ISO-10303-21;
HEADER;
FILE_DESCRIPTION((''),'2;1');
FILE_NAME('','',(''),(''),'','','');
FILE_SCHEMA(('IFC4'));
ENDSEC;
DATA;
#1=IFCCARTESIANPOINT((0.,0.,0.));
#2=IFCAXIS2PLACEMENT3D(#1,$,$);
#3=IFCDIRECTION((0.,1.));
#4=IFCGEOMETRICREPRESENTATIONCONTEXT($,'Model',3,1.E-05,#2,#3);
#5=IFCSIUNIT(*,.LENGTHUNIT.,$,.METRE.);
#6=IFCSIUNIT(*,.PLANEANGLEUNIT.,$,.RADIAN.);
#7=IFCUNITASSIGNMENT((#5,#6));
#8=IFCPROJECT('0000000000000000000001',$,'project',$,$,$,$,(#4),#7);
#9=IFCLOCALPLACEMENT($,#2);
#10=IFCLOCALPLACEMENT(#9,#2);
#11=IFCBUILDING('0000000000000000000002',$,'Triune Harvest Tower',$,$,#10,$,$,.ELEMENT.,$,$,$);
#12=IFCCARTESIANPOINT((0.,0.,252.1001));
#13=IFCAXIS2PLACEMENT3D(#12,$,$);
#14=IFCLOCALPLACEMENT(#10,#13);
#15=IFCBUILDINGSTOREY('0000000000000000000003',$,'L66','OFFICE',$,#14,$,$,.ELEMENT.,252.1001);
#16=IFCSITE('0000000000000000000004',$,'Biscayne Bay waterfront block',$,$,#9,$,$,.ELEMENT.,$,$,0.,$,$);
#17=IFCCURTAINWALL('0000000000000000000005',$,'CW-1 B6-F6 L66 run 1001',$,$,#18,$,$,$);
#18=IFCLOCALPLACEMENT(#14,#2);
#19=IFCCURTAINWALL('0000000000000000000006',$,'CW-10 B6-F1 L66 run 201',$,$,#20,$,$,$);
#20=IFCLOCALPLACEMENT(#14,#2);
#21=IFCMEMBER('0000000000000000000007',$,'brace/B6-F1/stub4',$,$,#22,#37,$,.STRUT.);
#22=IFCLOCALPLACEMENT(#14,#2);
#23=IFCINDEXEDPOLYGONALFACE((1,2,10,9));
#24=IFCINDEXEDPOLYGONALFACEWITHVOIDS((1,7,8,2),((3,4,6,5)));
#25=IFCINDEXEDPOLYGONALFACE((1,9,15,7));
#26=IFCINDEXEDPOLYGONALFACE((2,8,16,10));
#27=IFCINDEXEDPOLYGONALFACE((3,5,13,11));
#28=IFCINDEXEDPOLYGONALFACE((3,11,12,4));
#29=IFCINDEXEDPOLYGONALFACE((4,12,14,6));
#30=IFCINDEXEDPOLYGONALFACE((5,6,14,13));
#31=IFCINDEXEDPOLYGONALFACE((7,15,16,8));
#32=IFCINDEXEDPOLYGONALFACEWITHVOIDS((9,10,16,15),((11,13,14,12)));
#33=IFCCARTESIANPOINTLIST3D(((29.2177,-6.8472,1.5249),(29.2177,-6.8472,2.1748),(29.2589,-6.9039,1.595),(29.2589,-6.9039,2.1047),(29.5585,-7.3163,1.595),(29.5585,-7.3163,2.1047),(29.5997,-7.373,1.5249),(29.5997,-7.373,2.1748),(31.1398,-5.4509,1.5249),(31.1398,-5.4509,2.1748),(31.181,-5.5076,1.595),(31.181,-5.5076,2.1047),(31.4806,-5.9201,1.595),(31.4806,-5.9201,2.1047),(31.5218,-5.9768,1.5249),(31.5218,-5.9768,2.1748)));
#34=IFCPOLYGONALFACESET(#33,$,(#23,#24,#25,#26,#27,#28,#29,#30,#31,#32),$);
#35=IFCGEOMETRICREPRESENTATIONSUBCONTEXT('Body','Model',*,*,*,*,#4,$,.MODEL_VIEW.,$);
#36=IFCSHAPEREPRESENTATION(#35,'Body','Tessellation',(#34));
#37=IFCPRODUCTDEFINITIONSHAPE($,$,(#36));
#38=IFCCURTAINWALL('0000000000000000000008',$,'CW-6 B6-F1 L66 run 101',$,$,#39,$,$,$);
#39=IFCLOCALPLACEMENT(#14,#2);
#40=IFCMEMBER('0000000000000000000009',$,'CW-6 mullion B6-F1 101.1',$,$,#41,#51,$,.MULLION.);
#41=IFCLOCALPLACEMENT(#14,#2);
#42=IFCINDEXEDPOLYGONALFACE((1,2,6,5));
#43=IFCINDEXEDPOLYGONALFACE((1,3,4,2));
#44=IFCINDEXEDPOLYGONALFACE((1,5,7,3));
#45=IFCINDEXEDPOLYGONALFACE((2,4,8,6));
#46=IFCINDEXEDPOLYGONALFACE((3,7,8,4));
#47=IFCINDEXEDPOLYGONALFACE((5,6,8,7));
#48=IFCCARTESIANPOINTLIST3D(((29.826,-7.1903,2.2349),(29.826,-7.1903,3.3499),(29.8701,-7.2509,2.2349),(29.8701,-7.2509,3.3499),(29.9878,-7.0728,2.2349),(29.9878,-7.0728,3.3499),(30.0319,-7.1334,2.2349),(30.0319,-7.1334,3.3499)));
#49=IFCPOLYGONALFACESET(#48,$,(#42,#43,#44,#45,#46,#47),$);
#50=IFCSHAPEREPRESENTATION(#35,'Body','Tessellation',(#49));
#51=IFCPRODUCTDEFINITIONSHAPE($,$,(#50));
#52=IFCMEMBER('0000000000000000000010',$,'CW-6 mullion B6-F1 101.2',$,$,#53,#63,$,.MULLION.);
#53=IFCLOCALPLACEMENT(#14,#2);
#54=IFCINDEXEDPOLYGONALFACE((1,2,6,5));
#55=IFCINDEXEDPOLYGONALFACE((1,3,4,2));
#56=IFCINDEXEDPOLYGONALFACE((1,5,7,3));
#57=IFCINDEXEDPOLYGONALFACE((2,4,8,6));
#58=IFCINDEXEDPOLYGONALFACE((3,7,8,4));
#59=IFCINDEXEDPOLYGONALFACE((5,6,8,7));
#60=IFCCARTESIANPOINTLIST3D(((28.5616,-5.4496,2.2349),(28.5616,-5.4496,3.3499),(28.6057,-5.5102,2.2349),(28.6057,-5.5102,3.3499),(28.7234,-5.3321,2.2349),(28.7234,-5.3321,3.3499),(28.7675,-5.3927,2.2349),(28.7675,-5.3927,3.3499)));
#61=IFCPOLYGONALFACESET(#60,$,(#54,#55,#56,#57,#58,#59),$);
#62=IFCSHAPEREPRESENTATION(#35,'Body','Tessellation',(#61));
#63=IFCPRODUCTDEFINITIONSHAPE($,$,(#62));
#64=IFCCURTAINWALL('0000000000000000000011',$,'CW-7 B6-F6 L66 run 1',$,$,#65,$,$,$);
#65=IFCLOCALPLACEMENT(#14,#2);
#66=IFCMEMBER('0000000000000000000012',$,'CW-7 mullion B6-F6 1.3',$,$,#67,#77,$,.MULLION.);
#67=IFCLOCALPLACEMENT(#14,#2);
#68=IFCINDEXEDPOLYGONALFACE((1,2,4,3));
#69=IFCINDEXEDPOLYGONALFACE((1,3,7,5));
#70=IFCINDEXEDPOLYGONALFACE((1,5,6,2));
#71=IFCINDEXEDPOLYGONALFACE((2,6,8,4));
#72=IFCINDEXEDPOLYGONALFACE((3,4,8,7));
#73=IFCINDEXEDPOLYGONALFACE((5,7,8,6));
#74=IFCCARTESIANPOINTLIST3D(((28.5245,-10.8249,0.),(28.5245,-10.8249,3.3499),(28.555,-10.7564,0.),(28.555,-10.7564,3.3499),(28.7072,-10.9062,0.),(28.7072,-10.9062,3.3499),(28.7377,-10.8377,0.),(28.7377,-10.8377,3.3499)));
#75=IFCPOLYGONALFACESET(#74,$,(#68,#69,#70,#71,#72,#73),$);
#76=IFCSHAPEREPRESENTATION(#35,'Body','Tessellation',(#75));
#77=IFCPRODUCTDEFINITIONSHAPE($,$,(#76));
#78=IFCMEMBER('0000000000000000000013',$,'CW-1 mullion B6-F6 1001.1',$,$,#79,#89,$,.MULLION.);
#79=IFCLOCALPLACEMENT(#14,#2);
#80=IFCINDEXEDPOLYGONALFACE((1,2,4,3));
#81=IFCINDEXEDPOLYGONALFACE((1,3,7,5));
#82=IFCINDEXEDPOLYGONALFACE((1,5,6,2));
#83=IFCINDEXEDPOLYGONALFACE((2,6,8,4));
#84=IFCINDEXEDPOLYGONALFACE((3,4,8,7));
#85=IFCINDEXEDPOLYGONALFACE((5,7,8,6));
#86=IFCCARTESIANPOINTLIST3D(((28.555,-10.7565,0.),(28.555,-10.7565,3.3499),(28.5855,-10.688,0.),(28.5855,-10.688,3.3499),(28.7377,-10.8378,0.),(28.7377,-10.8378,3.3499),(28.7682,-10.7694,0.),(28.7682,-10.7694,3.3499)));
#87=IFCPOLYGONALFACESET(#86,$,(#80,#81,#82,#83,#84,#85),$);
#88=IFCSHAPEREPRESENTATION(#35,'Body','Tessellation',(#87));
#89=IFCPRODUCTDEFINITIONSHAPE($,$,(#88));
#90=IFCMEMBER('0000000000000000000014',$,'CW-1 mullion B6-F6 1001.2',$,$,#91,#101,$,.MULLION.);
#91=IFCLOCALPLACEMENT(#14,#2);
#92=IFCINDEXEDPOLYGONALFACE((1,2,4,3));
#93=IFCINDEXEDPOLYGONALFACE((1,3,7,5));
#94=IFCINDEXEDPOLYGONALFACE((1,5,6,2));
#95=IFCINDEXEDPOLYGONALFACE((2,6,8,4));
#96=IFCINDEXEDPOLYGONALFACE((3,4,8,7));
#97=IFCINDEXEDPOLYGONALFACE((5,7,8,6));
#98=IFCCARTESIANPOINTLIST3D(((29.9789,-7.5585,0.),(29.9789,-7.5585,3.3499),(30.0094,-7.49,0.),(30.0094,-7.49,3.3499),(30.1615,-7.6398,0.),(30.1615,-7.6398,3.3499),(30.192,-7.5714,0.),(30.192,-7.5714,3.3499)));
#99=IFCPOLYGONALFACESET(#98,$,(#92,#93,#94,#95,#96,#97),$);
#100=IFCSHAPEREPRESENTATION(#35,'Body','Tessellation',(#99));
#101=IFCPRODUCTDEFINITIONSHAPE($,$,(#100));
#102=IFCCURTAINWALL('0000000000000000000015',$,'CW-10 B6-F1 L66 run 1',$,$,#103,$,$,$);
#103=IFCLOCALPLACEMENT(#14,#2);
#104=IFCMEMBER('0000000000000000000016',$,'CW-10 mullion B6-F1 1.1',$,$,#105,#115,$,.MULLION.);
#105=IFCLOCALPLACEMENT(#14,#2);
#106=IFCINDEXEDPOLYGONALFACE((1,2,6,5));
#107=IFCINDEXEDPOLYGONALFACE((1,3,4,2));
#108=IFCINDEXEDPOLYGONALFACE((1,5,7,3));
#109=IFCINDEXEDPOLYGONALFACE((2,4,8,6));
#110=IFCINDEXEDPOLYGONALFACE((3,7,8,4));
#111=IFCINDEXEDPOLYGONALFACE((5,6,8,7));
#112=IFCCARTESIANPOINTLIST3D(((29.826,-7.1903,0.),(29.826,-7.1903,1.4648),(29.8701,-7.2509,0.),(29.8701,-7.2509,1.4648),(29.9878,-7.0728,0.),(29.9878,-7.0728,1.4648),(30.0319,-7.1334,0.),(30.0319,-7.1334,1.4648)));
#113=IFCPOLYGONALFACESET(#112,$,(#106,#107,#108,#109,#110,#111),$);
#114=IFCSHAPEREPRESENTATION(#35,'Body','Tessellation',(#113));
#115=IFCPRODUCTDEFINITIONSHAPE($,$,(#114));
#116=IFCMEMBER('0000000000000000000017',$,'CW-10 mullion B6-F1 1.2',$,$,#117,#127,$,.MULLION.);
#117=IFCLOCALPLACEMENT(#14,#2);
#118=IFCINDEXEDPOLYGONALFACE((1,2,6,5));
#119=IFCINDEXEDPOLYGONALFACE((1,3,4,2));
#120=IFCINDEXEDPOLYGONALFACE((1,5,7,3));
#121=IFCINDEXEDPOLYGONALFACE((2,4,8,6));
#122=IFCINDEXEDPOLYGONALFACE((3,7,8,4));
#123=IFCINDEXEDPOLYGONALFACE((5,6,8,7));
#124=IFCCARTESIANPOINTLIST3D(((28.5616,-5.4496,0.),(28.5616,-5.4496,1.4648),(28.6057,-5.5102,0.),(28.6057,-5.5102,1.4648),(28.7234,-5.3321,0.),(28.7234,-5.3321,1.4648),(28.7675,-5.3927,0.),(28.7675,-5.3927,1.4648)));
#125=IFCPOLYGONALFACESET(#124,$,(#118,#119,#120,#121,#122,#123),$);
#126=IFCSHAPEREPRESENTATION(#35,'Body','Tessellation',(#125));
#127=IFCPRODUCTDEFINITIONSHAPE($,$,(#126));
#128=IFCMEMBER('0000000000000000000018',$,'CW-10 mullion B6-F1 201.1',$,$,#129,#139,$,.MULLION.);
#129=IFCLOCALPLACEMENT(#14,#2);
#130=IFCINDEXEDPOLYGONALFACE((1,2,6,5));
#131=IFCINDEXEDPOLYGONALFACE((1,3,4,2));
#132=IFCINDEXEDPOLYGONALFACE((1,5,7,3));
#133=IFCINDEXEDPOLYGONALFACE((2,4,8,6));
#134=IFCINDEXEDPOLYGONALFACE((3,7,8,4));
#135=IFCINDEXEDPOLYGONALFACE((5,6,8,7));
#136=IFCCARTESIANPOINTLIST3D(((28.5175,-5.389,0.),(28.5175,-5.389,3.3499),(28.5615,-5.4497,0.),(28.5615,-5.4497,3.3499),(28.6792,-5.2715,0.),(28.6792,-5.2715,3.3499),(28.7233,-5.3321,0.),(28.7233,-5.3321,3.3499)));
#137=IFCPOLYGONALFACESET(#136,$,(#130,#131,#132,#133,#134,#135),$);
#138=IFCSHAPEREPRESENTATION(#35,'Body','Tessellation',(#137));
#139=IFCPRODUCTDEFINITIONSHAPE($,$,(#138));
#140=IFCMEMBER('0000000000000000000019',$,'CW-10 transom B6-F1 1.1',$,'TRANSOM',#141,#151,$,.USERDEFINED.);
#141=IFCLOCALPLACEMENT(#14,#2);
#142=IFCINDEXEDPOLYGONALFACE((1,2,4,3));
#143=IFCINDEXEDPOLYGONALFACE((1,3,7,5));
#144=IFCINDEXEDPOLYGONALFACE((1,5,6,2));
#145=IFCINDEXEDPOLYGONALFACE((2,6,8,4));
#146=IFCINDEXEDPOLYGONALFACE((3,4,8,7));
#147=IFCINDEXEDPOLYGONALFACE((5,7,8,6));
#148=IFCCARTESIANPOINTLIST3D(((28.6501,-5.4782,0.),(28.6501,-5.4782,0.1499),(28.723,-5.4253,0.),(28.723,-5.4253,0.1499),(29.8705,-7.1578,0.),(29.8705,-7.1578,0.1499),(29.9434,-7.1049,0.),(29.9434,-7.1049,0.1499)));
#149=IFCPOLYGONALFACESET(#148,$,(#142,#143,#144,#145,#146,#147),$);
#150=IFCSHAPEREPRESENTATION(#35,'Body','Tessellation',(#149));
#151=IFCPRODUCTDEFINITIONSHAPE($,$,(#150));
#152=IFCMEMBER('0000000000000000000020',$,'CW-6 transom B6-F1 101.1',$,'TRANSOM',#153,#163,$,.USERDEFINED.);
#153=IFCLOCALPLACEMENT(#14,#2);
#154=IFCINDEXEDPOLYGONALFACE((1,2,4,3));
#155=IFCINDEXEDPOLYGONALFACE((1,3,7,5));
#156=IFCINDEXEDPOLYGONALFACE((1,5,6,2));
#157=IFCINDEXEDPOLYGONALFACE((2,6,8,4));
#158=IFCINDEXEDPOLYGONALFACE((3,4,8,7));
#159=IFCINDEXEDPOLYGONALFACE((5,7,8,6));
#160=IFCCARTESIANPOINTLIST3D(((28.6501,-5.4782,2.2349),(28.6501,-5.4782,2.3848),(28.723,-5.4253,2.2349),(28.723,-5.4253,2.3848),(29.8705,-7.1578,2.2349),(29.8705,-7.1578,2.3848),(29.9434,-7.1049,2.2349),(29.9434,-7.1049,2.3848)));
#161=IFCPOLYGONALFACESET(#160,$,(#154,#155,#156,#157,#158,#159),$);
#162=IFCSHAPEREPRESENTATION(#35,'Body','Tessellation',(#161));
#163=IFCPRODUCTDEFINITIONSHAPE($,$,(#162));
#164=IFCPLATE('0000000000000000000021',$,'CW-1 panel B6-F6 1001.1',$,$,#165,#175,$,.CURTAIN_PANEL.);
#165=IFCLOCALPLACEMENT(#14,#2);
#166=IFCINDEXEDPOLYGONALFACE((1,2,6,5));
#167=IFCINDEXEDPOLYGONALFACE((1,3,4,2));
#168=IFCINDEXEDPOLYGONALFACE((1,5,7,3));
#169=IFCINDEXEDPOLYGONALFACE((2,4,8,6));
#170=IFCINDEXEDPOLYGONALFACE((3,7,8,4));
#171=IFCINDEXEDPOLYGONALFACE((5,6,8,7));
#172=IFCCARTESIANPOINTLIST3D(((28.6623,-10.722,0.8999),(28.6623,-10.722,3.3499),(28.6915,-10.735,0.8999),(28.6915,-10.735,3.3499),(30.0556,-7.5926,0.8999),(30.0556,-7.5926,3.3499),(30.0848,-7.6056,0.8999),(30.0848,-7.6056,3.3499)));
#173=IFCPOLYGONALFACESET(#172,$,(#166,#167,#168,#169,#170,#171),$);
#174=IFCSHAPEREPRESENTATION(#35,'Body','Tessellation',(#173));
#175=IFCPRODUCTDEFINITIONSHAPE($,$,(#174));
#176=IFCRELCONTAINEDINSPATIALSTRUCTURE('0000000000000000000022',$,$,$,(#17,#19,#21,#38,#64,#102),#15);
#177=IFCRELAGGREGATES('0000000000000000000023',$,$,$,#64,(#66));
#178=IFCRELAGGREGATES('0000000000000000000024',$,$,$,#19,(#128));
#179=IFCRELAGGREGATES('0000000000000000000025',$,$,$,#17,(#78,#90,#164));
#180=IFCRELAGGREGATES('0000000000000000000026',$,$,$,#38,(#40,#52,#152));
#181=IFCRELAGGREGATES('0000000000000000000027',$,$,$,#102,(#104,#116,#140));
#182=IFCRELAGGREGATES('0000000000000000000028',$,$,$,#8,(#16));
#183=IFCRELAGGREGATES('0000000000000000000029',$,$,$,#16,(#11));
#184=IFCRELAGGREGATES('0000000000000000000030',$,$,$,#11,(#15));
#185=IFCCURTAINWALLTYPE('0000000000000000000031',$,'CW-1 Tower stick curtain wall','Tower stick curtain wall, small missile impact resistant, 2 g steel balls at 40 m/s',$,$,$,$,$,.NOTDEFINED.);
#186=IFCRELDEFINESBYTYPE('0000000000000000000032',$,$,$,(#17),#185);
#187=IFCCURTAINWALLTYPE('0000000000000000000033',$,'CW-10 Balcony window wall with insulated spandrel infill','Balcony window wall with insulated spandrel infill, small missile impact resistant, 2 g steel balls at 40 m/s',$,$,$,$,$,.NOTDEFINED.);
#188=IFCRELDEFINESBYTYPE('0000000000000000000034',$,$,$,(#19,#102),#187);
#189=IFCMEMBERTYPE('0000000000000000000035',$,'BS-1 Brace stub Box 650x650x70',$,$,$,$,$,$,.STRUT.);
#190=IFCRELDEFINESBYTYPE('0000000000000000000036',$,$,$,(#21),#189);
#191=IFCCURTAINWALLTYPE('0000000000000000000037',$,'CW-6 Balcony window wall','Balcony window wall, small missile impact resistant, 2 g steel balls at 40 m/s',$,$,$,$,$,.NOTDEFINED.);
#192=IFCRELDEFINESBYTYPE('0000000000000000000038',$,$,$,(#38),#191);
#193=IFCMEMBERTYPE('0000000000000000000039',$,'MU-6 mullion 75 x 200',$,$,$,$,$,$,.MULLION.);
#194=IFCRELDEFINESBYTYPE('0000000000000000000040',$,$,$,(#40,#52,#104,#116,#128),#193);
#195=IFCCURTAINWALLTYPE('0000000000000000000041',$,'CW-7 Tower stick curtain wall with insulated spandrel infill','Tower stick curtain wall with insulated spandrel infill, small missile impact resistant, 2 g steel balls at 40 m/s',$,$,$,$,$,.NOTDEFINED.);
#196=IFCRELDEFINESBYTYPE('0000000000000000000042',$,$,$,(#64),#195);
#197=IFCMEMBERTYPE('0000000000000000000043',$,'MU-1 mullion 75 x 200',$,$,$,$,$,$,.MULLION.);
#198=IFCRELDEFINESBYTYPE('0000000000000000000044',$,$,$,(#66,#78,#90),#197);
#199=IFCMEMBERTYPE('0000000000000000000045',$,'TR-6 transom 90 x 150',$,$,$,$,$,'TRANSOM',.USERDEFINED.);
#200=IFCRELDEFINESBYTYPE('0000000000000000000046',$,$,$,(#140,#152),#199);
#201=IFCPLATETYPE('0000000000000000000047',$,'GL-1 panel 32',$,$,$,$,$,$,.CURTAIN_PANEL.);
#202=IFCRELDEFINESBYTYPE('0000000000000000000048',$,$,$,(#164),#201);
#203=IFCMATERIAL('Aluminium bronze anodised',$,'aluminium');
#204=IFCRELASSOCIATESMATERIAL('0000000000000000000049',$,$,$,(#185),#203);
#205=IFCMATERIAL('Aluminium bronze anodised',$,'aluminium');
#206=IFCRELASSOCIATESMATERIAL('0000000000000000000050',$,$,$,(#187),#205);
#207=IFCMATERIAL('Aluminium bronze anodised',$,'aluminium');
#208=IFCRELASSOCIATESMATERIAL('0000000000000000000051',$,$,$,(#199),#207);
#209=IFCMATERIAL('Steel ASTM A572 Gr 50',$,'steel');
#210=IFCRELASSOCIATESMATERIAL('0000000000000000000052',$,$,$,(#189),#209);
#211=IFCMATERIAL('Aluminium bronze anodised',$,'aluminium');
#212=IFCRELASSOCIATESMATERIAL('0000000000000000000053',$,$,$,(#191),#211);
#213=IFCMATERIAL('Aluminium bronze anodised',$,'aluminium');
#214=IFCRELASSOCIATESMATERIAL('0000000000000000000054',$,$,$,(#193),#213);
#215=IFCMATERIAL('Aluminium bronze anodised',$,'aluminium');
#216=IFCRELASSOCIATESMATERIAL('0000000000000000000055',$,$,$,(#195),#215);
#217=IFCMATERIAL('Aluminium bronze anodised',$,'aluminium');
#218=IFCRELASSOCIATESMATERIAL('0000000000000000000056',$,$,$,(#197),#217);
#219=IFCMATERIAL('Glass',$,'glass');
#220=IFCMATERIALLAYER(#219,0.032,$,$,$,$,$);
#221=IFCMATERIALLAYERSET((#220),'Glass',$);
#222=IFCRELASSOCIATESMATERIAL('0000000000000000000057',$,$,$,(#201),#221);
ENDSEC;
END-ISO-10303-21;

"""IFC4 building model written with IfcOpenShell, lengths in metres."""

from ifc_helpers import new_model, si_unit, direction, frame, origin, origin_2d, place, context, subcontext, project, spatial, rectangle, hollow_rectangle, extrude, source, transform, mapped, material, layer, layer_set, material_profile, profile_set, type_object, element, aggregate, save


model = new_model("IFC4")

# Units and contexts
model_context = context("Model", 3, precision=1e-05, world=origin(), true_north=direction((0.0, 1.0)))
body_context = subcontext(model_context, "Body", "Model", "MODEL_VIEW")
ifc_project = project(units=[si_unit("LENGTHUNIT", "METRE"), si_unit("PLANEANGLEUNIT", "RADIAN")], contexts=[model_context])

# Site, building, storey
site_placement = place(None, origin())
site = spatial("IfcSite", under=ifc_project, at=site_placement, Name="Biscayne Bay waterfront block", CompositionType="ELEMENT", RefElevation=0.0)
building_placement = place(site_placement, origin())
building = spatial("IfcBuilding", under=site, at=building_placement, Name="Triune Harvest Tower", CompositionType="ELEMENT")
storey_placement = place(building_placement, frame((0.0, 0.0, 252.1001)))
storey = spatial("IfcBuildingStorey", under=building, at=storey_placement, Name="L66", Description="OFFICE", CompositionType="ELEMENT", Elevation=252.1001)

# Curtain walls
ifc_material_1 = material(Name="Aluminium bronze anodised", Category="aluminium")
curtain_wall_type_1 = type_object("IfcCurtainWallType", Name="CW-1 Tower stick curtain wall", Description="Tower stick curtain wall, small missile impact resistant, 2 g steel balls at 40 m/s", PredefinedType="NOTDEFINED", material=ifc_material_1)
curtain_wall_1_placement = place(storey_placement, origin())
curtain_wall_1 = element("IfcCurtainWall", 1, at=curtain_wall_1_placement, inside=storey, type_object=curtain_wall_type_1, Name="CW-1 B6-F6 L66 run 1001")
ifc_material_2 = material(Name="Aluminium bronze anodised", Category="aluminium")
curtain_wall_type_2 = type_object("IfcCurtainWallType", Name="CW-10 Balcony window wall with insulated spandrel infill", Description="Balcony window wall with insulated spandrel infill, small missile impact resistant, 2 g steel balls at 40 m/s", PredefinedType="NOTDEFINED", material=ifc_material_2)
curtain_wall_2_placement = place(storey_placement, origin())
curtain_wall_2 = element("IfcCurtainWall", 2, at=curtain_wall_2_placement, inside=storey, type_object=curtain_wall_type_2, Name="CW-10 B6-F1 L66 run 201")
ifc_material_3 = material(Name="Aluminium bronze anodised", Category="aluminium")
ifc_material_profile_1 = material_profile(ifc_material_3, rectangle(XDim=0.0901, YDim=0.1499, at=origin_2d()), Name="TR-6 transom 90 x 150")
ifc_profile_set_1 = profile_set([ifc_material_profile_1], Name="Aluminium bronze anodised")
member_type_1 = type_object("IfcMemberType", Name="TR-6 transom 90 x 150", ElementType="TRANSOM", PredefinedType="USERDEFINED", material=ifc_profile_set_1)

# Member
ifc_material_4 = material(Name="Steel ASTM A572 Gr 50", Category="steel")
ifc_material_profile_2 = material_profile(ifc_material_4, hollow_rectangle(XDim=0.6499, YDim=0.6499, WallThickness=0.0701, at=origin_2d()), Name="Box 650x650x70")
ifc_profile_set_2 = profile_set([ifc_material_profile_2], Name="Steel ASTM A572 Gr 50")
member_type_2 = type_object("IfcMemberType", Name="BS-1 Brace stub Box 650x650x70", PredefinedType="STRUT", material=ifc_profile_set_2)
shared_shape_1 = source(origin(), body_context, "Body", "SweptSolid", [
    extrude(hollow_rectangle(XDim=0.6499, YDim=0.6499, WallThickness=0.0701, at=origin_2d()), origin(), (0.0, 0.0, 1.0), 2.3757),
])
member_1_placement = place(storey_placement, frame((29.4087, -7.1101, 1.8499), z_axis=(0.809069, 0.587713, 0.0), x_axis=(-0.587713, 0.809069, 0.0)))
element("IfcMember", 3, at=member_1_placement, inside=storey, type_object=member_type_2, Name="brace/B6-F1/stub4", PredefinedType="STRUT", context=body_context, shape_type="MappedRepresentation", body=[
    mapped(shared_shape_1, transform((0.0, 0.0, 0.0), scale=1.0)),
])

# Curtain wall, members
ifc_material_5 = material(Name="Aluminium bronze anodised", Category="aluminium")
curtain_wall_type_3 = type_object("IfcCurtainWallType", Name="CW-6 Balcony window wall", Description="Balcony window wall, small missile impact resistant, 2 g steel balls at 40 m/s", PredefinedType="NOTDEFINED", material=ifc_material_5)
curtain_wall_3_placement = place(storey_placement, origin())
curtain_wall_3 = element("IfcCurtainWall", 4, at=curtain_wall_3_placement, inside=storey, type_object=curtain_wall_type_3, Name="CW-6 B6-F1 L66 run 101")
ifc_material_6 = material(Name="Aluminium bronze anodised", Category="aluminium")
ifc_material_profile_3 = material_profile(ifc_material_6, rectangle(XDim=0.2, YDim=0.075, at=origin_2d()), Name="MU-6 mullion 75 x 200")
ifc_profile_set_3 = profile_set([ifc_material_profile_3], Name="Aluminium bronze anodised")
member_type_3 = type_object("IfcMemberType", Name="MU-6 mullion 75 x 200", PredefinedType="MULLION", material=ifc_profile_set_3)
shared_shape_2 = source(origin(), body_context, "Body", "SweptSolid", [
    extrude(rectangle(XDim=0.2, YDim=0.075, at=origin_2d()), origin(), (0.0, 0.0, 1.0), 1.115),
])
member_2_placement = place(storey_placement, frame((29.929, -7.1619, 2.2349), z_axis=(0.0, 0.0, 1.0), x_axis=(-0.809006, -0.5878, 0.0)))
member_2 = element("IfcMember", 5, at=member_2_placement, type_object=member_type_3, Name="CW-6 mullion B6-F1 101.1", PredefinedType="MULLION", context=body_context, shape_type="MappedRepresentation", body=[
    mapped(shared_shape_2, transform((0.0, 0.0, 0.0), scale=1.0)),
])
member_3_placement = place(storey_placement, frame((28.6646, -5.4211, 2.2349), z_axis=(0.0, 0.0, 1.0), x_axis=(-0.809006, -0.5878, 0.0)))
member_3 = element("IfcMember", 6, at=member_3_placement, type_object=member_type_3, Name="CW-6 mullion B6-F1 101.2", PredefinedType="MULLION", context=body_context, shape_type="MappedRepresentation", body=[
    mapped(shared_shape_2, transform((0.0, 0.0, 0.0), scale=1.0)),
])

# Curtain wall, member
ifc_material_7 = material(Name="Aluminium bronze anodised", Category="aluminium")
curtain_wall_type_4 = type_object("IfcCurtainWallType", Name="CW-7 Tower stick curtain wall with insulated spandrel infill", Description="Tower stick curtain wall with insulated spandrel infill, small missile impact resistant, 2 g steel balls at 40 m/s", PredefinedType="NOTDEFINED", material=ifc_material_7)
curtain_wall_4_placement = place(storey_placement, origin())
curtain_wall_4 = element("IfcCurtainWall", 7, at=curtain_wall_4_placement, inside=storey, type_object=curtain_wall_type_4, Name="CW-7 B6-F6 L66 run 1")
ifc_material_8 = material(Name="Aluminium bronze anodised", Category="aluminium")
ifc_material_profile_4 = material_profile(ifc_material_8, rectangle(XDim=0.2, YDim=0.075, at=origin_2d()), Name="MU-1 mullion 75 x 200")
ifc_profile_set_4 = profile_set([ifc_material_profile_4], Name="Aluminium bronze anodised")
member_type_4 = type_object("IfcMemberType", Name="MU-1 mullion 75 x 200", PredefinedType="MULLION", material=ifc_profile_set_4)
shared_shape_3 = source(origin(), body_context, "Body", "SweptSolid", [
    extrude(rectangle(XDim=0.2, YDim=0.075, at=origin_2d()), origin(), (0.0, 0.0, 1.0), 3.3499),
])
member_4_placement = place(storey_placement, frame((28.6311, -10.8313, 0.0), z_axis=(0.0, 0.0, 1.0), x_axis=(-0.913544, 0.406739, 0.0)))
member_4 = element("IfcMember", 8, at=member_4_placement, type_object=member_type_4, Name="CW-7 mullion B6-F6 1.3", PredefinedType="MULLION", context=body_context, shape_type="MappedRepresentation", body=[
    mapped(shared_shape_3, transform((0.0, 0.0, 0.0), scale=1.0)),
])
aggregate(curtain_wall_4, [member_4])

# Members
member_5_placement = place(storey_placement, frame((28.6616, -10.7629, 0.0), z_axis=(0.0, 0.0, 1.0), x_axis=(-0.913539, 0.406751, 0.0)))
member_5 = element("IfcMember", 9, at=member_5_placement, type_object=member_type_4, Name="CW-1 mullion B6-F6 1001.1", PredefinedType="MULLION", context=body_context, shape_type="MappedRepresentation", body=[
    mapped(shared_shape_3, transform((0.0, 0.0, 0.0), scale=1.0)),
])
member_6_placement = place(storey_placement, frame((30.0854, -7.5649, 0.0), z_axis=(0.0, 0.0, 1.0), x_axis=(-0.913539, 0.406751, 0.0)))
member_6 = element("IfcMember", 10, at=member_6_placement, type_object=member_type_4, Name="CW-1 mullion B6-F6 1001.2", PredefinedType="MULLION", context=body_context, shape_type="MappedRepresentation", body=[
    mapped(shared_shape_3, transform((0.0, 0.0, 0.0), scale=1.0)),
])

# Curtain wall, members
curtain_wall_5_placement = place(storey_placement, origin())
curtain_wall_5 = element("IfcCurtainWall", 11, at=curtain_wall_5_placement, inside=storey, type_object=curtain_wall_type_2, Name="CW-10 B6-F1 L66 run 1")
shared_shape_4 = source(origin(), body_context, "Body", "SweptSolid", [
    extrude(rectangle(XDim=0.2, YDim=0.075, at=origin_2d()), origin(), (0.0, 0.0, 1.0), 1.4648),
])
member_7_placement = place(storey_placement, frame((29.929, -7.1619, 0.0), z_axis=(0.0, 0.0, 1.0), x_axis=(-0.809006, -0.5878, 0.0)))
member_7 = element("IfcMember", 12, at=member_7_placement, type_object=member_type_3, Name="CW-10 mullion B6-F1 1.1", PredefinedType="MULLION", context=body_context, shape_type="MappedRepresentation", body=[
    mapped(shared_shape_4, transform((0.0, 0.0, 0.0), scale=1.0)),
])
member_8_placement = place(storey_placement, frame((28.6646, -5.4211, 0.0), z_axis=(0.0, 0.0, 1.0), x_axis=(-0.809006, -0.5878, 0.0)))
member_8 = element("IfcMember", 13, at=member_8_placement, type_object=member_type_3, Name="CW-10 mullion B6-F1 1.2", PredefinedType="MULLION", context=body_context, shape_type="MappedRepresentation", body=[
    mapped(shared_shape_4, transform((0.0, 0.0, 0.0), scale=1.0)),
])

# Members
shared_shape_5 = source(origin(), body_context, "Body", "SweptSolid", [
    extrude(rectangle(XDim=0.2, YDim=0.075, at=origin_2d()), origin(), (0.0, 0.0, 1.0), 3.3499),
])
member_9_placement = place(storey_placement, frame((28.6204, -5.3606, 0.0), z_axis=(0.0, 0.0, 1.0), x_axis=(-0.809016, -0.587787, 0.0)))
member_9 = element("IfcMember", 14, at=member_9_placement, type_object=member_type_3, Name="CW-10 mullion B6-F1 201.1", PredefinedType="MULLION", context=body_context, shape_type="MappedRepresentation", body=[
    mapped(shared_shape_5, transform((0.0, 0.0, 0.0), scale=1.0)),
])
aggregate(curtain_wall_2, [member_9])
shared_shape_6 = source(origin(), body_context, "Body", "SweptSolid", [
    extrude(rectangle(XDim=0.0901, YDim=0.1499, at=origin_2d()), origin(), (0.0, 0.0, 1.0), 2.0762),
])
member_10_placement = place(storey_placement, frame((29.907, -7.1313, 0.075), z_axis=(-0.587815, 0.808995, 0.0), x_axis=(-0.808995, -0.587815, 0.0)))
member_10 = element("IfcMember", 15, at=member_10_placement, type_object=member_type_1, Name="CW-10 transom B6-F1 1.1", ObjectType="TRANSOM", PredefinedType="USERDEFINED", context=body_context, shape_type="MappedRepresentation", body=[
    mapped(shared_shape_6, transform((0.0, 0.0, 0.0), scale=1.0)),
])
member_11_placement = place(storey_placement, frame((29.907, -7.1313, 2.3098), z_axis=(-0.587815, 0.808995, 0.0), x_axis=(-0.808995, -0.587815, 0.0)))
member_11 = element("IfcMember", 16, at=member_11_placement, type_object=member_type_1, Name="CW-6 transom B6-F1 101.1", ObjectType="TRANSOM", PredefinedType="USERDEFINED", context=body_context, shape_type="MappedRepresentation", body=[
    mapped(shared_shape_6, transform((0.0, 0.0, 0.0), scale=1.0)),
])

# Plate
ifc_material_9 = material(Name="Glass", Category="glass")
ifc_layer_1 = layer(ifc_material_9, 0.032)
ifc_layer_set_1 = layer_set([ifc_layer_1], Name="Glass")
plate_type_1 = type_object("IfcPlateType", Name="GL-1 panel 32", PredefinedType="CURTAIN_PANEL", material=ifc_layer_set_1)
plate_1_placement = place(storey_placement, frame((29.3735, -9.1638, 0.8999), z_axis=(0.0, 0.0, 1.0), x_axis=(0.406751, 0.913539, 0.0)))
plate_1 = element("IfcPlate", 17, at=plate_1_placement, type_object=plate_type_1, Name="CW-1 panel B6-F6 1001.1", PredefinedType="CURTAIN_PANEL", context=body_context, shape_type="SweptSolid", body=[
    extrude(rectangle(XDim=3.4255, YDim=0.032, at=origin_2d()), origin(), (0.0, 0.0, 1.0), 2.45),
])
aggregate(curtain_wall_1, [member_5, member_6, plate_1])
aggregate(curtain_wall_3, [member_2, member_3, member_11])
aggregate(curtain_wall_5, [member_7, member_8, member_10])

save(model, "model.ifc")
